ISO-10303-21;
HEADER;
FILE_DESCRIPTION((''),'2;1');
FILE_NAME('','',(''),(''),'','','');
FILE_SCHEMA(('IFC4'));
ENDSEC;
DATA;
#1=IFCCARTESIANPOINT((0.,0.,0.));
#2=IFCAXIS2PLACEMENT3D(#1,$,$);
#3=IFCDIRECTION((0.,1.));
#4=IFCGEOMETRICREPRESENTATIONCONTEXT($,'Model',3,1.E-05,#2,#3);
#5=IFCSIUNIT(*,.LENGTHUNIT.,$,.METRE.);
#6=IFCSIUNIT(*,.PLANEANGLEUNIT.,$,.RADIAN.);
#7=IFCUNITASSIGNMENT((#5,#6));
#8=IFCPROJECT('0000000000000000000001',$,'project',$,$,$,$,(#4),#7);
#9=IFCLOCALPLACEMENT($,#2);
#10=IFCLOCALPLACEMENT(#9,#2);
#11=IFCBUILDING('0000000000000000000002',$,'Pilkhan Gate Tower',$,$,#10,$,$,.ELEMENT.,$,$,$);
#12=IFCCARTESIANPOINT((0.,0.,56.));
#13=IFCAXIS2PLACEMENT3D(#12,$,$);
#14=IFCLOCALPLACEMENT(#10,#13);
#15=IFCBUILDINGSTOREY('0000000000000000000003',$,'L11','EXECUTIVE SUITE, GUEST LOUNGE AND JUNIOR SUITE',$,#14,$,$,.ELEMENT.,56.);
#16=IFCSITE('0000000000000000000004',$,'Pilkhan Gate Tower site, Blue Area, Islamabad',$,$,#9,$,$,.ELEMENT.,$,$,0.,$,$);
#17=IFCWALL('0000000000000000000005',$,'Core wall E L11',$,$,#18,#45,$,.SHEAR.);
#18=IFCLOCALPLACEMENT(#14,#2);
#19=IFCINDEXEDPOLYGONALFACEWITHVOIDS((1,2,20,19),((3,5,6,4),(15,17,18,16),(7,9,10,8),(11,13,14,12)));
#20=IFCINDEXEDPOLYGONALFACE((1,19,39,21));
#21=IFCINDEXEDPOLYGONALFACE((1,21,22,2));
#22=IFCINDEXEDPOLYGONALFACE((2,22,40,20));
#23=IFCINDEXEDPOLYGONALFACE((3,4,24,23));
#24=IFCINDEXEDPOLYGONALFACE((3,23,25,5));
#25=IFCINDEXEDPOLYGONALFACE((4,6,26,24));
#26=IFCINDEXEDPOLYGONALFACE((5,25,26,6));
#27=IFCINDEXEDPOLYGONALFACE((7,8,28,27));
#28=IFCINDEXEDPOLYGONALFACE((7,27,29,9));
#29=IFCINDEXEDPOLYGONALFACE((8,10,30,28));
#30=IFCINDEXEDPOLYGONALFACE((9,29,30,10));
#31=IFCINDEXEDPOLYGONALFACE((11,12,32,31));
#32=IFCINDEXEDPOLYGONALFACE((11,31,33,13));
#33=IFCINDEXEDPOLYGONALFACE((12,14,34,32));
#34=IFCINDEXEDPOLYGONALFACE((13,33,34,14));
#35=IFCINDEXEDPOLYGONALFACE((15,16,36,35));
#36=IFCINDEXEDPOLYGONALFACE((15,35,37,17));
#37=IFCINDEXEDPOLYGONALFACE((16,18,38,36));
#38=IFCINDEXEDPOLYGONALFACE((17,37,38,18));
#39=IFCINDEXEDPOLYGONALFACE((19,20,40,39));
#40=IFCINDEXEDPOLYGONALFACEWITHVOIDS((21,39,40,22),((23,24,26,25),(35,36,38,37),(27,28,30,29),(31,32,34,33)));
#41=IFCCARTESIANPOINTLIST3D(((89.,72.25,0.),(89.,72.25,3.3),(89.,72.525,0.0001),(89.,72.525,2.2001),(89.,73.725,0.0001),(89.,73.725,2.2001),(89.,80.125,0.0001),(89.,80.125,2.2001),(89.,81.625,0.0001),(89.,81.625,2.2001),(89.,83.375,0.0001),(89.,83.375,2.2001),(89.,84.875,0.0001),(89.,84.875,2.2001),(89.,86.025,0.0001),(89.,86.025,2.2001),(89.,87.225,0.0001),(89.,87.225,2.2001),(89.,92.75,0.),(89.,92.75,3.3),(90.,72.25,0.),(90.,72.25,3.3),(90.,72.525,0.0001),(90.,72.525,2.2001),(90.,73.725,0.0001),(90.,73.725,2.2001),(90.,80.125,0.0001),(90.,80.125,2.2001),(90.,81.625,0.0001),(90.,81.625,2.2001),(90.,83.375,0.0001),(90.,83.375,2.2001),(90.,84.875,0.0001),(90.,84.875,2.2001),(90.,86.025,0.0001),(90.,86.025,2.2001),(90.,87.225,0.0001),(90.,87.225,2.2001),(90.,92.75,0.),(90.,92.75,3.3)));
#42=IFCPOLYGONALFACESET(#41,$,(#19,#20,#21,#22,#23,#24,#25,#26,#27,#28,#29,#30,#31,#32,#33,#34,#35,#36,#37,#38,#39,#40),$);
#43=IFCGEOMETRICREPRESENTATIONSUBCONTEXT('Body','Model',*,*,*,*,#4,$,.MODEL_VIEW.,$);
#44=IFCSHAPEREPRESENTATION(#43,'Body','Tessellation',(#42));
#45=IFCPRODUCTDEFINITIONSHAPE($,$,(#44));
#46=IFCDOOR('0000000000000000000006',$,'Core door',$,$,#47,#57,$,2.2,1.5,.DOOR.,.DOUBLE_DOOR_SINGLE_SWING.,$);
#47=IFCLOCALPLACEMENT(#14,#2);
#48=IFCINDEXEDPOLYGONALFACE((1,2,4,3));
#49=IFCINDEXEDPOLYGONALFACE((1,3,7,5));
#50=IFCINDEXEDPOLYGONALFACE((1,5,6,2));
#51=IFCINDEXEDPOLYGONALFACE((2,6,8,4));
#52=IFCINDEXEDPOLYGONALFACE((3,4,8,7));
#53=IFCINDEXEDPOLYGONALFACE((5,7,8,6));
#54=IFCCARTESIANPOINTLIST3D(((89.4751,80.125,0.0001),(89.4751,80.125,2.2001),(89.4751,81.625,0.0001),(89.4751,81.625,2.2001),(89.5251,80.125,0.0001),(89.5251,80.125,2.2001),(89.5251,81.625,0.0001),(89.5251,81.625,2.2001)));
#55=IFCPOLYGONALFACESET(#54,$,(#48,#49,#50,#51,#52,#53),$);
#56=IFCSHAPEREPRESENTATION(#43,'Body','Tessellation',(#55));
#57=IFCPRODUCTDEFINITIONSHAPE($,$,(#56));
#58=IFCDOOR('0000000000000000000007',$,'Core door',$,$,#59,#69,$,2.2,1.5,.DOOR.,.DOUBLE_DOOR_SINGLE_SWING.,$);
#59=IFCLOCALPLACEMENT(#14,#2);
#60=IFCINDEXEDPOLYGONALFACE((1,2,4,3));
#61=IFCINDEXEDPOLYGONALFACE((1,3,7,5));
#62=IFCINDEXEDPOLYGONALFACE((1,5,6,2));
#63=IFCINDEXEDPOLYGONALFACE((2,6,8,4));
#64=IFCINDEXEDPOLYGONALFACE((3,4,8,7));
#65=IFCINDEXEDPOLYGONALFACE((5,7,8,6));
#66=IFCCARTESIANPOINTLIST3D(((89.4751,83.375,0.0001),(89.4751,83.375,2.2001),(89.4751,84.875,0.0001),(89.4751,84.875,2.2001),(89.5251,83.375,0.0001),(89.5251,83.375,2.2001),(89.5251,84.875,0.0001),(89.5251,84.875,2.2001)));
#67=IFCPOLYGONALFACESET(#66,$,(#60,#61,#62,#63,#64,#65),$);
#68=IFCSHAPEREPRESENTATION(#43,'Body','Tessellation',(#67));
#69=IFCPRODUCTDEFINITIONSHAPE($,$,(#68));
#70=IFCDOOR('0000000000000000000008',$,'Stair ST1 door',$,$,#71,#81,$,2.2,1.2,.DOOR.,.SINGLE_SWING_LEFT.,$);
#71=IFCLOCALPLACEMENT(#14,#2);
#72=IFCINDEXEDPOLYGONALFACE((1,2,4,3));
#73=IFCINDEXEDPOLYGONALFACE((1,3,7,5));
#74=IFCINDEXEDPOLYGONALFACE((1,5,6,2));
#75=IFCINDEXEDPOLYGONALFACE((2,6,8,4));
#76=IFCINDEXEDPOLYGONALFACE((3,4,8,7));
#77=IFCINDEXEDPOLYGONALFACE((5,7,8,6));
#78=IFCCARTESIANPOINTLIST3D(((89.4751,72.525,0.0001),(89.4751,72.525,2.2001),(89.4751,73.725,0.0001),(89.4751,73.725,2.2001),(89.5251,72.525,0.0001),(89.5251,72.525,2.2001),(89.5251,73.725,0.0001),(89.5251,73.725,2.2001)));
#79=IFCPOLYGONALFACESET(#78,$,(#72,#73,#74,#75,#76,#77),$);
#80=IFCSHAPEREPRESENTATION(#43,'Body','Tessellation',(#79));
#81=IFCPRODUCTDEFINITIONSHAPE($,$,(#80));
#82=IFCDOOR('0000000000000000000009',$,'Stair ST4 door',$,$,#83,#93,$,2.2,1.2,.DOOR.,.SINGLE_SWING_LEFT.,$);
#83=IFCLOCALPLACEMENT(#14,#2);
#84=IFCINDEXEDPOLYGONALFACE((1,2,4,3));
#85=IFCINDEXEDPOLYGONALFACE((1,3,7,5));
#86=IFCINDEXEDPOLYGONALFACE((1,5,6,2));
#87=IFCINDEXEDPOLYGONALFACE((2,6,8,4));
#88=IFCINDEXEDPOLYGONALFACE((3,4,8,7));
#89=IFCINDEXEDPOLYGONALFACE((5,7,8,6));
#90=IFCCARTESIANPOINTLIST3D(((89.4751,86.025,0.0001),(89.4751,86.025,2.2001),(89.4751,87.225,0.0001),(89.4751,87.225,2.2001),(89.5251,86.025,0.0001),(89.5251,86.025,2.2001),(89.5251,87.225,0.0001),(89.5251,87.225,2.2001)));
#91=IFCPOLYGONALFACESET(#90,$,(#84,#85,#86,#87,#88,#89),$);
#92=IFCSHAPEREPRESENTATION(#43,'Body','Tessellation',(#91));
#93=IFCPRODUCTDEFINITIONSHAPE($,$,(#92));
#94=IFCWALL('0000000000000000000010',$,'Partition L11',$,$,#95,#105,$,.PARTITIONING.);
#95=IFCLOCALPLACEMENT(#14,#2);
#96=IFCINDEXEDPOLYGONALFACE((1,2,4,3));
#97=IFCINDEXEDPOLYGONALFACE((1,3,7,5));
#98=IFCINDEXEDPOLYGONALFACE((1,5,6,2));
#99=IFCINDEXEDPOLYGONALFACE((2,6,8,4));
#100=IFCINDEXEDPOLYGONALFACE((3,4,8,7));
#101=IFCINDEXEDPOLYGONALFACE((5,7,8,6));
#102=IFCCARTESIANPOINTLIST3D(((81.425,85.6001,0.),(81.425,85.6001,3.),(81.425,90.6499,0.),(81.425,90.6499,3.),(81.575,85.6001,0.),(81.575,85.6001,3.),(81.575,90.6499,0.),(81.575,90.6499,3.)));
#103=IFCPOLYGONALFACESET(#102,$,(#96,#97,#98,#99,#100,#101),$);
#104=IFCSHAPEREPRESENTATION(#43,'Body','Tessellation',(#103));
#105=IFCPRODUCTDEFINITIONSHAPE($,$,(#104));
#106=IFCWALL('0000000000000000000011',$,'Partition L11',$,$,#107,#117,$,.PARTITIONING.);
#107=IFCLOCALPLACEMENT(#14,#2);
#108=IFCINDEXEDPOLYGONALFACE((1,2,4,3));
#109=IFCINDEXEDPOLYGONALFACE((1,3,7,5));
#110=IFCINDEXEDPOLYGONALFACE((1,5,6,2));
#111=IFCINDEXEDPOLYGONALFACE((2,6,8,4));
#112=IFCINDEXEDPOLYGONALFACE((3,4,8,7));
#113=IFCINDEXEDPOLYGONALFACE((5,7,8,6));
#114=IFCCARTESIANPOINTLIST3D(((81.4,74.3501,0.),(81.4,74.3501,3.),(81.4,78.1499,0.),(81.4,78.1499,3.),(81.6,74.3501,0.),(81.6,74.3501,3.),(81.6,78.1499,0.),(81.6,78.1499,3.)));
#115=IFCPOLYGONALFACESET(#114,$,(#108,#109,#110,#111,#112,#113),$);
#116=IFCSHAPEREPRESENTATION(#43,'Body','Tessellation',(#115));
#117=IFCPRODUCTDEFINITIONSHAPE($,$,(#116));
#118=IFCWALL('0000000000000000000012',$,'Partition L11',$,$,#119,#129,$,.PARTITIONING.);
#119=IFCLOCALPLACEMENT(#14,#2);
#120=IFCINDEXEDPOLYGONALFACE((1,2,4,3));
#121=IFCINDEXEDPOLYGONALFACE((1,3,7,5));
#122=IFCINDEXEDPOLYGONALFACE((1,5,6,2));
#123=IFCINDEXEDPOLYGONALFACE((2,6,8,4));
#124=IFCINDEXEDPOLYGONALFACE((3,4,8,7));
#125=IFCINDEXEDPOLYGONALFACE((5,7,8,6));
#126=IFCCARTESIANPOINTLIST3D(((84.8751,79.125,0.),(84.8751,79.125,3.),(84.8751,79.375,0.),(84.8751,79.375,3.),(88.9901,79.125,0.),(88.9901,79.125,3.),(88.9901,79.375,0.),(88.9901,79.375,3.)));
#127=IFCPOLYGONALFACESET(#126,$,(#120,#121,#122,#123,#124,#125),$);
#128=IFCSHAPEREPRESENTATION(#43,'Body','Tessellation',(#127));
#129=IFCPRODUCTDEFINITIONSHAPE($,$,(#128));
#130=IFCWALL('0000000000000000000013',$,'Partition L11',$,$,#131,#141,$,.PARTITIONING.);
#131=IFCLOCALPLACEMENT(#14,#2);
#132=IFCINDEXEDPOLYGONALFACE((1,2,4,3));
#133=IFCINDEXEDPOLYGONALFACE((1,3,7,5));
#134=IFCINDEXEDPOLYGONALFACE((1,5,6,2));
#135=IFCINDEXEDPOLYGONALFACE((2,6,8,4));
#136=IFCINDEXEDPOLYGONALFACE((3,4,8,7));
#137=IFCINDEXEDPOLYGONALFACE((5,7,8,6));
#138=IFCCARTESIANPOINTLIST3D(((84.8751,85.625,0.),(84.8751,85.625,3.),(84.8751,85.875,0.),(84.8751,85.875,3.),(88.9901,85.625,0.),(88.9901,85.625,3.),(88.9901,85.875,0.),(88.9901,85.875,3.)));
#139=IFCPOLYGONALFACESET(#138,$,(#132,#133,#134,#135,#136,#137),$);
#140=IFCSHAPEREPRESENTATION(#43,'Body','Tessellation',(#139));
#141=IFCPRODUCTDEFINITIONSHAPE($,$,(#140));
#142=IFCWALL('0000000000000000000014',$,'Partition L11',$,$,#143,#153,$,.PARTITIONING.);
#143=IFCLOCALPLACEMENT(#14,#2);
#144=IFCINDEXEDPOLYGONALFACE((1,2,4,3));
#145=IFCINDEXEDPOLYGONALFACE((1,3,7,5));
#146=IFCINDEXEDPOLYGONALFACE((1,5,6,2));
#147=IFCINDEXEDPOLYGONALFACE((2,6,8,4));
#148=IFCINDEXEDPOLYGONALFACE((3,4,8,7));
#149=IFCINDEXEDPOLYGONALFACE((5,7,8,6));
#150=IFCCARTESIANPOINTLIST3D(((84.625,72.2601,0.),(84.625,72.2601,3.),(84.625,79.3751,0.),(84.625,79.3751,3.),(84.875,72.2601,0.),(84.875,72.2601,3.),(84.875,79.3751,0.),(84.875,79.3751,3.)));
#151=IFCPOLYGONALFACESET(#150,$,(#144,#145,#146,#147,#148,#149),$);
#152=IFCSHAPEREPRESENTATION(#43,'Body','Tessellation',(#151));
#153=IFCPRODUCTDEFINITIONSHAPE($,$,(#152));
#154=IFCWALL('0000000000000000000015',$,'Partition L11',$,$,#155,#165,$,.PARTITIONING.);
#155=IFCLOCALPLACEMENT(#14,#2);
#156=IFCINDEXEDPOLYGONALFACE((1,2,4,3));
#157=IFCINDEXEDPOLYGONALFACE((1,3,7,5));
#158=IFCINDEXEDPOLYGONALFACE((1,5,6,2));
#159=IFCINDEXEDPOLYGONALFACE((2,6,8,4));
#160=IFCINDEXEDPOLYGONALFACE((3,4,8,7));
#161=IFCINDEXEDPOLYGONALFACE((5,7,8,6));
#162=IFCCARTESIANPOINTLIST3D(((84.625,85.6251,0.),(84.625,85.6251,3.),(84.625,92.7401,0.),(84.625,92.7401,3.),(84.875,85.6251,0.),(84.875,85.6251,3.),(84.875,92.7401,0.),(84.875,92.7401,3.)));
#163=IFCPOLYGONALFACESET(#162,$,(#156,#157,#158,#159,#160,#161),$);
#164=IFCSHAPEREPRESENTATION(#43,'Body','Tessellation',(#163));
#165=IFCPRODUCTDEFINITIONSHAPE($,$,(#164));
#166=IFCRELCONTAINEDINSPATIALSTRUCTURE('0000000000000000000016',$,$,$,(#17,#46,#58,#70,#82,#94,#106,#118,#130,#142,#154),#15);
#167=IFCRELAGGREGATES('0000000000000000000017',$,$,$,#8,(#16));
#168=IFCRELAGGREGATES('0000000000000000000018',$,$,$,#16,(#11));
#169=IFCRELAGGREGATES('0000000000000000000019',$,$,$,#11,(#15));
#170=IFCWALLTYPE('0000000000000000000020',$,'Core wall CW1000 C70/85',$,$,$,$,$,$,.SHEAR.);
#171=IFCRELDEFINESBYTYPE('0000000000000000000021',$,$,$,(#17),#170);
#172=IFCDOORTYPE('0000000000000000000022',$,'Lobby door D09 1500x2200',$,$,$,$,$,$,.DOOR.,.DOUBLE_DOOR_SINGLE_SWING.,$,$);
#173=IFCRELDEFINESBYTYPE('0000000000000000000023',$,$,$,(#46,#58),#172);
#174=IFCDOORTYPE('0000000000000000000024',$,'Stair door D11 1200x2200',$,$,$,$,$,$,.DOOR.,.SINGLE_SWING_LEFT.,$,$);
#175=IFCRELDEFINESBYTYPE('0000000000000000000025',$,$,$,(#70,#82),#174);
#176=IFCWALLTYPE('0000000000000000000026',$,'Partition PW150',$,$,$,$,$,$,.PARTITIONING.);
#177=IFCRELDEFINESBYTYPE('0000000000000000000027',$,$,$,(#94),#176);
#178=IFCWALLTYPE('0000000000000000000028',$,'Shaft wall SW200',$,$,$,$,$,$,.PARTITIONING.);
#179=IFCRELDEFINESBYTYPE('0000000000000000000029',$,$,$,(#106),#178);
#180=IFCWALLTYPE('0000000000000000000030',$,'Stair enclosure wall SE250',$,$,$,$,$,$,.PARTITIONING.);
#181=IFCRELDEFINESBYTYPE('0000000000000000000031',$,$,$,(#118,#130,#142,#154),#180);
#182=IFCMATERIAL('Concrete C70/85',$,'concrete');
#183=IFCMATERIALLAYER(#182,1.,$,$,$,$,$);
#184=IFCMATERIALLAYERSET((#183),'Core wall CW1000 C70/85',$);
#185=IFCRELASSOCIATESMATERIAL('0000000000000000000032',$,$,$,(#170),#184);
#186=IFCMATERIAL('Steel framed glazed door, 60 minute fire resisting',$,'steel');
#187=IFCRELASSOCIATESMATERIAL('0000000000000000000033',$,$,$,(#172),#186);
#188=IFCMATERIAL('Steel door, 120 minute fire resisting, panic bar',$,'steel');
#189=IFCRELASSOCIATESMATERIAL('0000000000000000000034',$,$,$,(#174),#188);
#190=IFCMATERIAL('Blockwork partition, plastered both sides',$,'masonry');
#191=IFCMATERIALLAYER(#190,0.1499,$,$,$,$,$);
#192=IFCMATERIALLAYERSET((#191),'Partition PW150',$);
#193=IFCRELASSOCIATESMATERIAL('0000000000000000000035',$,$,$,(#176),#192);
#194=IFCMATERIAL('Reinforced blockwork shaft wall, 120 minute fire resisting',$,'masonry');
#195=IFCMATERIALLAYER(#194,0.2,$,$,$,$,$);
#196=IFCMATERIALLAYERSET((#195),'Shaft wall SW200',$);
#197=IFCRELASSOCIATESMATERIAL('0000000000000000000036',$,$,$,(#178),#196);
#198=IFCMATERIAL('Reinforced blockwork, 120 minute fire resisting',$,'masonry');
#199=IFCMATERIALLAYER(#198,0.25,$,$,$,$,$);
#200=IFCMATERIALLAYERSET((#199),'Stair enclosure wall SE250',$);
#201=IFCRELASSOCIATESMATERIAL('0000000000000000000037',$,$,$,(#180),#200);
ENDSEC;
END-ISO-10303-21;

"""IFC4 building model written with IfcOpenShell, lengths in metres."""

from ifc_helpers import new_model, si_unit, direction, frame, frame_2d, origin, place, context, subcontext, project, spatial, rectangle, extrude, material, layer, layer_set, type_object, element, fill, save


model = new_model("IFC4")

# Units and contexts
model_context = context("Model", 3, precision=1e-05, world=origin(), true_north=direction((0.0, 1.0)))
body_context = subcontext(model_context, "Body", "Model", "MODEL_VIEW")
ifc_project = project(units=[si_unit("LENGTHUNIT", "METRE"), si_unit("PLANEANGLEUNIT", "RADIAN")], contexts=[model_context])

# Site, building, storey
site_placement = place(None, origin())
site = spatial("IfcSite", under=ifc_project, at=site_placement, Name="Pilkhan Gate Tower site, Blue Area, Islamabad", CompositionType="ELEMENT", RefElevation=0.0)
building_placement = place(site_placement, origin())
building = spatial("IfcBuilding", under=site, at=building_placement, Name="Pilkhan Gate Tower", CompositionType="ELEMENT")
storey_placement = place(building_placement, frame((0.0, 0.0, 56.0)))
storey = spatial("IfcBuildingStorey", under=building, at=storey_placement, Name="L11", Description="EXECUTIVE SUITE, GUEST LOUNGE AND JUNIOR SUITE", CompositionType="ELEMENT", Elevation=56.0)

# Wall, openings, doors
ifc_material_1 = material(Name="Concrete C70/85", Category="concrete")
ifc_layer_1 = layer(ifc_material_1, 1.0)
ifc_layer_set_1 = layer_set([ifc_layer_1], Name="Core wall CW1000 C70/85")
wall_type_1 = type_object("IfcWallType", Name="Core wall CW1000 C70/85", PredefinedType="SHEAR", material=ifc_layer_set_1)
wall_1_placement = place(storey_placement, frame((89.5, 72.25, 0.0), z_axis=(0.0, 0.0, 1.0), x_axis=(0.0, 1.0, 0.0)))
wall_1 = element("IfcWall", 1, at=wall_1_placement, inside=storey, type_object=wall_type_1, Name="Core wall E L11", PredefinedType="SHEAR", context=body_context, shape_type="SweptSolid", body=[
    extrude(rectangle(XDim=20.5, YDim=1.0, at=frame_2d((10.25, 0.0))), origin(), (0.0, 0.0, 1.0), 3.3),
])
opening_1_placement = place(wall_1_placement, frame((0.2749, 0.0, 0.0)))
opening_1 = element("IfcOpeningElement", 2, at=opening_1_placement, cuts=wall_1, PredefinedType="OPENING", context=body_context, shape_type="SweptSolid", body=[
    extrude(rectangle(XDim=1.2, YDim=2.2, at=frame_2d((0.6001, 1.1001))), frame((0.0, 0.51, 0.0), z_axis=(0.0, -1.0, 0.0), x_axis=(1.0, 0.0, 0.0)), (0.0, 0.0, 1.0), 1.02),
])
opening_2_placement = place(wall_1_placement, frame((13.7749, 0.0, 0.0)))
opening_2 = element("IfcOpeningElement", 3, at=opening_2_placement, cuts=wall_1, PredefinedType="OPENING", context=body_context, shape_type="SweptSolid", body=[
    extrude(rectangle(XDim=1.2, YDim=2.2, at=frame_2d((0.6001, 1.1001))), frame((0.0, 0.51, 0.0), z_axis=(0.0, -1.0, 0.0), x_axis=(1.0, 0.0, 0.0)), (0.0, 0.0, 1.0), 1.02),
])
opening_3_placement = place(wall_1_placement, frame((7.875, 0.0, 0.0)))
opening_3 = element("IfcOpeningElement", 4, at=opening_3_placement, cuts=wall_1, PredefinedType="OPENING", context=body_context, shape_type="SweptSolid", body=[
    extrude(rectangle(XDim=1.5, YDim=2.2, at=frame_2d((0.75, 1.1001))), frame((0.0, 0.51, 0.0), z_axis=(0.0, -1.0, 0.0), x_axis=(1.0, 0.0, 0.0)), (0.0, 0.0, 1.0), 1.02),
])
opening_4_placement = place(wall_1_placement, frame((11.125, 0.0, 0.0)))
opening_4 = element("IfcOpeningElement", 5, at=opening_4_placement, cuts=wall_1, PredefinedType="OPENING", context=body_context, shape_type="SweptSolid", body=[
    extrude(rectangle(XDim=1.5, YDim=2.2, at=frame_2d((0.75, 1.1001))), frame((0.0, 0.51, 0.0), z_axis=(0.0, -1.0, 0.0), x_axis=(1.0, 0.0, 0.0)), (0.0, 0.0, 1.0), 1.02),
])
ifc_material_2 = material(Name="Steel framed glazed door, 60 minute fire resisting", Category="steel")
door_type_1 = type_object("IfcDoorType", Name="Lobby door D09 1500x2200", OperationType="DOUBLE_DOOR_SINGLE_SWING", PredefinedType="DOOR", material=ifc_material_2)
door_1_placement = place(opening_3_placement, origin())
door_1 = element("IfcDoor", 6, at=door_1_placement, inside=storey, type_object=door_type_1, Name="Core door", OperationType="DOUBLE_DOOR_SINGLE_SWING", OverallHeight=2.2, OverallWidth=1.5, PredefinedType="DOOR", context=body_context, shape_type="SweptSolid", body=[
    extrude(rectangle(XDim=1.5, YDim=2.2, at=frame_2d((0.75, 1.1001))), frame((0.0, 0.0249, 0.0), z_axis=(0.0, -1.0, 0.0), x_axis=(1.0, 0.0, 0.0)), (0.0, 0.0, 1.0), 0.05),
])
fill(opening_3, door_1)
door_2_placement = place(opening_4_placement, origin())
door_2 = element("IfcDoor", 7, at=door_2_placement, inside=storey, type_object=door_type_1, Name="Core door", OperationType="DOUBLE_DOOR_SINGLE_SWING", OverallHeight=2.2, OverallWidth=1.5, PredefinedType="DOOR", context=body_context, shape_type="SweptSolid", body=[
    extrude(rectangle(XDim=1.5, YDim=2.2, at=frame_2d((0.75, 1.1001))), frame((0.0, 0.0249, 0.0), z_axis=(0.0, -1.0, 0.0), x_axis=(1.0, 0.0, 0.0)), (0.0, 0.0, 1.0), 0.05),
])
fill(opening_4, door_2)
ifc_material_3 = material(Name="Steel door, 120 minute fire resisting, panic bar", Category="steel")
door_type_2 = type_object("IfcDoorType", Name="Stair door D11 1200x2200", OperationType="SINGLE_SWING_LEFT", PredefinedType="DOOR", material=ifc_material_3)
door_3_placement = place(opening_1_placement, origin())
door_3 = element("IfcDoor", 8, at=door_3_placement, inside=storey, type_object=door_type_2, Name="Stair ST1 door", OperationType="SINGLE_SWING_LEFT", OverallHeight=2.2, OverallWidth=1.2, PredefinedType="DOOR", context=body_context, shape_type="SweptSolid", body=[
    extrude(rectangle(XDim=1.2, YDim=2.2, at=frame_2d((0.6001, 1.1001))), frame((0.0, 0.0249, 0.0), z_axis=(0.0, -1.0, 0.0), x_axis=(1.0, 0.0, 0.0)), (0.0, 0.0, 1.0), 0.05),
])
fill(opening_1, door_3)
door_4_placement = place(opening_2_placement, origin())
door_4 = element("IfcDoor", 9, at=door_4_placement, inside=storey, type_object=door_type_2, Name="Stair ST4 door", OperationType="SINGLE_SWING_LEFT", OverallHeight=2.2, OverallWidth=1.2, PredefinedType="DOOR", context=body_context, shape_type="SweptSolid", body=[
    extrude(rectangle(XDim=1.2, YDim=2.2, at=frame_2d((0.6001, 1.1001))), frame((0.0, 0.0249, 0.0), z_axis=(0.0, -1.0, 0.0), x_axis=(1.0, 0.0, 0.0)), (0.0, 0.0, 1.0), 0.05),
])
fill(opening_2, door_4)

# Walls
ifc_material_4 = material(Name="Blockwork partition, plastered both sides", Category="masonry")
ifc_layer_2 = layer(ifc_material_4, 0.1499)
ifc_layer_set_2 = layer_set([ifc_layer_2], Name="Partition PW150")
wall_type_2 = type_object("IfcWallType", Name="Partition PW150", PredefinedType="PARTITIONING", material=ifc_layer_set_2)
wall_2_placement = place(storey_placement, frame((81.5, 85.6001, 0.0), z_axis=(0.0, 0.0, 1.0), x_axis=(0.0, 1.0, 0.0)))
element("IfcWall", 10, at=wall_2_placement, inside=storey, type_object=wall_type_2, Name="Partition L11", PredefinedType="PARTITIONING", context=body_context, shape_type="SweptSolid", body=[
    extrude(rectangle(XDim=5.0498, YDim=0.1499, at=frame_2d((2.5249, 0.0))), origin(), (0.0, 0.0, 1.0), 3.0),
])
ifc_material_5 = material(Name="Reinforced blockwork shaft wall, 120 minute fire resisting", Category="masonry")
ifc_layer_3 = layer(ifc_material_5, 0.2)
ifc_layer_set_3 = layer_set([ifc_layer_3], Name="Shaft wall SW200")
wall_type_3 = type_object("IfcWallType", Name="Shaft wall SW200", PredefinedType="PARTITIONING", material=ifc_layer_set_3)
wall_3_placement = place(storey_placement, frame((81.5, 74.3501, 0.0), z_axis=(0.0, 0.0, 1.0), x_axis=(0.0, 1.0, 0.0)))
element("IfcWall", 11, at=wall_3_placement, inside=storey, type_object=wall_type_3, Name="Partition L11", PredefinedType="PARTITIONING", context=body_context, shape_type="SweptSolid", body=[
    extrude(rectangle(XDim=3.7998, YDim=0.2, at=frame_2d((1.8999, 0.0))), origin(), (0.0, 0.0, 1.0), 3.0),
])
ifc_material_6 = material(Name="Reinforced blockwork, 120 minute fire resisting", Category="masonry")
ifc_layer_4 = layer(ifc_material_6, 0.25)
ifc_layer_set_4 = layer_set([ifc_layer_4], Name="Stair enclosure wall SE250")
wall_type_4 = type_object("IfcWallType", Name="Stair enclosure wall SE250", PredefinedType="PARTITIONING", material=ifc_layer_set_4)
for number, where, z_axis, x_axis, name in (
    (12, (84.875, 79.25, 0.0), (0.0, 0.0, 1.0), (1.0, 0.0, 0.0), "Partition L11"),
    (13, (84.875, 85.75, 0.0), (0.0, 0.0, 1.0), (1.0, 0.0, 0.0), "Partition L11"),
):
    element("IfcWall", number, at=place(storey_placement, frame(where, z_axis=z_axis, x_axis=x_axis)), inside=storey, type_object=wall_type_4, Name=name, PredefinedType="PARTITIONING", context=body_context, shape_type="SweptSolid", body=[
        extrude(rectangle(XDim=4.115, YDim=0.25, at=frame_2d((2.0576, 0.0))), origin(), (0.0, 0.0, 1.0), 3.0),
    ])
for number, where, z_axis, x_axis, name in (
    (14, (84.75, 72.26, 0.0), (0.0, 0.0, 1.0), (0.0, 1.0, 0.0), "Partition L11"),
    (15, (84.75, 85.625, 0.0), (0.0, 0.0, 1.0), (0.0, 1.0, 0.0), "Partition L11"),
):
    element("IfcWall", number, at=place(storey_placement, frame(where, z_axis=z_axis, x_axis=x_axis)), inside=storey, type_object=wall_type_4, Name=name, PredefinedType="PARTITIONING", context=body_context, shape_type="SweptSolid", body=[
        extrude(rectangle(XDim=7.115, YDim=0.25, at=frame_2d((3.5576, 0.0))), origin(), (0.0, 0.0, 1.0), 3.0),
    ])

save(model, "model.ifc")
